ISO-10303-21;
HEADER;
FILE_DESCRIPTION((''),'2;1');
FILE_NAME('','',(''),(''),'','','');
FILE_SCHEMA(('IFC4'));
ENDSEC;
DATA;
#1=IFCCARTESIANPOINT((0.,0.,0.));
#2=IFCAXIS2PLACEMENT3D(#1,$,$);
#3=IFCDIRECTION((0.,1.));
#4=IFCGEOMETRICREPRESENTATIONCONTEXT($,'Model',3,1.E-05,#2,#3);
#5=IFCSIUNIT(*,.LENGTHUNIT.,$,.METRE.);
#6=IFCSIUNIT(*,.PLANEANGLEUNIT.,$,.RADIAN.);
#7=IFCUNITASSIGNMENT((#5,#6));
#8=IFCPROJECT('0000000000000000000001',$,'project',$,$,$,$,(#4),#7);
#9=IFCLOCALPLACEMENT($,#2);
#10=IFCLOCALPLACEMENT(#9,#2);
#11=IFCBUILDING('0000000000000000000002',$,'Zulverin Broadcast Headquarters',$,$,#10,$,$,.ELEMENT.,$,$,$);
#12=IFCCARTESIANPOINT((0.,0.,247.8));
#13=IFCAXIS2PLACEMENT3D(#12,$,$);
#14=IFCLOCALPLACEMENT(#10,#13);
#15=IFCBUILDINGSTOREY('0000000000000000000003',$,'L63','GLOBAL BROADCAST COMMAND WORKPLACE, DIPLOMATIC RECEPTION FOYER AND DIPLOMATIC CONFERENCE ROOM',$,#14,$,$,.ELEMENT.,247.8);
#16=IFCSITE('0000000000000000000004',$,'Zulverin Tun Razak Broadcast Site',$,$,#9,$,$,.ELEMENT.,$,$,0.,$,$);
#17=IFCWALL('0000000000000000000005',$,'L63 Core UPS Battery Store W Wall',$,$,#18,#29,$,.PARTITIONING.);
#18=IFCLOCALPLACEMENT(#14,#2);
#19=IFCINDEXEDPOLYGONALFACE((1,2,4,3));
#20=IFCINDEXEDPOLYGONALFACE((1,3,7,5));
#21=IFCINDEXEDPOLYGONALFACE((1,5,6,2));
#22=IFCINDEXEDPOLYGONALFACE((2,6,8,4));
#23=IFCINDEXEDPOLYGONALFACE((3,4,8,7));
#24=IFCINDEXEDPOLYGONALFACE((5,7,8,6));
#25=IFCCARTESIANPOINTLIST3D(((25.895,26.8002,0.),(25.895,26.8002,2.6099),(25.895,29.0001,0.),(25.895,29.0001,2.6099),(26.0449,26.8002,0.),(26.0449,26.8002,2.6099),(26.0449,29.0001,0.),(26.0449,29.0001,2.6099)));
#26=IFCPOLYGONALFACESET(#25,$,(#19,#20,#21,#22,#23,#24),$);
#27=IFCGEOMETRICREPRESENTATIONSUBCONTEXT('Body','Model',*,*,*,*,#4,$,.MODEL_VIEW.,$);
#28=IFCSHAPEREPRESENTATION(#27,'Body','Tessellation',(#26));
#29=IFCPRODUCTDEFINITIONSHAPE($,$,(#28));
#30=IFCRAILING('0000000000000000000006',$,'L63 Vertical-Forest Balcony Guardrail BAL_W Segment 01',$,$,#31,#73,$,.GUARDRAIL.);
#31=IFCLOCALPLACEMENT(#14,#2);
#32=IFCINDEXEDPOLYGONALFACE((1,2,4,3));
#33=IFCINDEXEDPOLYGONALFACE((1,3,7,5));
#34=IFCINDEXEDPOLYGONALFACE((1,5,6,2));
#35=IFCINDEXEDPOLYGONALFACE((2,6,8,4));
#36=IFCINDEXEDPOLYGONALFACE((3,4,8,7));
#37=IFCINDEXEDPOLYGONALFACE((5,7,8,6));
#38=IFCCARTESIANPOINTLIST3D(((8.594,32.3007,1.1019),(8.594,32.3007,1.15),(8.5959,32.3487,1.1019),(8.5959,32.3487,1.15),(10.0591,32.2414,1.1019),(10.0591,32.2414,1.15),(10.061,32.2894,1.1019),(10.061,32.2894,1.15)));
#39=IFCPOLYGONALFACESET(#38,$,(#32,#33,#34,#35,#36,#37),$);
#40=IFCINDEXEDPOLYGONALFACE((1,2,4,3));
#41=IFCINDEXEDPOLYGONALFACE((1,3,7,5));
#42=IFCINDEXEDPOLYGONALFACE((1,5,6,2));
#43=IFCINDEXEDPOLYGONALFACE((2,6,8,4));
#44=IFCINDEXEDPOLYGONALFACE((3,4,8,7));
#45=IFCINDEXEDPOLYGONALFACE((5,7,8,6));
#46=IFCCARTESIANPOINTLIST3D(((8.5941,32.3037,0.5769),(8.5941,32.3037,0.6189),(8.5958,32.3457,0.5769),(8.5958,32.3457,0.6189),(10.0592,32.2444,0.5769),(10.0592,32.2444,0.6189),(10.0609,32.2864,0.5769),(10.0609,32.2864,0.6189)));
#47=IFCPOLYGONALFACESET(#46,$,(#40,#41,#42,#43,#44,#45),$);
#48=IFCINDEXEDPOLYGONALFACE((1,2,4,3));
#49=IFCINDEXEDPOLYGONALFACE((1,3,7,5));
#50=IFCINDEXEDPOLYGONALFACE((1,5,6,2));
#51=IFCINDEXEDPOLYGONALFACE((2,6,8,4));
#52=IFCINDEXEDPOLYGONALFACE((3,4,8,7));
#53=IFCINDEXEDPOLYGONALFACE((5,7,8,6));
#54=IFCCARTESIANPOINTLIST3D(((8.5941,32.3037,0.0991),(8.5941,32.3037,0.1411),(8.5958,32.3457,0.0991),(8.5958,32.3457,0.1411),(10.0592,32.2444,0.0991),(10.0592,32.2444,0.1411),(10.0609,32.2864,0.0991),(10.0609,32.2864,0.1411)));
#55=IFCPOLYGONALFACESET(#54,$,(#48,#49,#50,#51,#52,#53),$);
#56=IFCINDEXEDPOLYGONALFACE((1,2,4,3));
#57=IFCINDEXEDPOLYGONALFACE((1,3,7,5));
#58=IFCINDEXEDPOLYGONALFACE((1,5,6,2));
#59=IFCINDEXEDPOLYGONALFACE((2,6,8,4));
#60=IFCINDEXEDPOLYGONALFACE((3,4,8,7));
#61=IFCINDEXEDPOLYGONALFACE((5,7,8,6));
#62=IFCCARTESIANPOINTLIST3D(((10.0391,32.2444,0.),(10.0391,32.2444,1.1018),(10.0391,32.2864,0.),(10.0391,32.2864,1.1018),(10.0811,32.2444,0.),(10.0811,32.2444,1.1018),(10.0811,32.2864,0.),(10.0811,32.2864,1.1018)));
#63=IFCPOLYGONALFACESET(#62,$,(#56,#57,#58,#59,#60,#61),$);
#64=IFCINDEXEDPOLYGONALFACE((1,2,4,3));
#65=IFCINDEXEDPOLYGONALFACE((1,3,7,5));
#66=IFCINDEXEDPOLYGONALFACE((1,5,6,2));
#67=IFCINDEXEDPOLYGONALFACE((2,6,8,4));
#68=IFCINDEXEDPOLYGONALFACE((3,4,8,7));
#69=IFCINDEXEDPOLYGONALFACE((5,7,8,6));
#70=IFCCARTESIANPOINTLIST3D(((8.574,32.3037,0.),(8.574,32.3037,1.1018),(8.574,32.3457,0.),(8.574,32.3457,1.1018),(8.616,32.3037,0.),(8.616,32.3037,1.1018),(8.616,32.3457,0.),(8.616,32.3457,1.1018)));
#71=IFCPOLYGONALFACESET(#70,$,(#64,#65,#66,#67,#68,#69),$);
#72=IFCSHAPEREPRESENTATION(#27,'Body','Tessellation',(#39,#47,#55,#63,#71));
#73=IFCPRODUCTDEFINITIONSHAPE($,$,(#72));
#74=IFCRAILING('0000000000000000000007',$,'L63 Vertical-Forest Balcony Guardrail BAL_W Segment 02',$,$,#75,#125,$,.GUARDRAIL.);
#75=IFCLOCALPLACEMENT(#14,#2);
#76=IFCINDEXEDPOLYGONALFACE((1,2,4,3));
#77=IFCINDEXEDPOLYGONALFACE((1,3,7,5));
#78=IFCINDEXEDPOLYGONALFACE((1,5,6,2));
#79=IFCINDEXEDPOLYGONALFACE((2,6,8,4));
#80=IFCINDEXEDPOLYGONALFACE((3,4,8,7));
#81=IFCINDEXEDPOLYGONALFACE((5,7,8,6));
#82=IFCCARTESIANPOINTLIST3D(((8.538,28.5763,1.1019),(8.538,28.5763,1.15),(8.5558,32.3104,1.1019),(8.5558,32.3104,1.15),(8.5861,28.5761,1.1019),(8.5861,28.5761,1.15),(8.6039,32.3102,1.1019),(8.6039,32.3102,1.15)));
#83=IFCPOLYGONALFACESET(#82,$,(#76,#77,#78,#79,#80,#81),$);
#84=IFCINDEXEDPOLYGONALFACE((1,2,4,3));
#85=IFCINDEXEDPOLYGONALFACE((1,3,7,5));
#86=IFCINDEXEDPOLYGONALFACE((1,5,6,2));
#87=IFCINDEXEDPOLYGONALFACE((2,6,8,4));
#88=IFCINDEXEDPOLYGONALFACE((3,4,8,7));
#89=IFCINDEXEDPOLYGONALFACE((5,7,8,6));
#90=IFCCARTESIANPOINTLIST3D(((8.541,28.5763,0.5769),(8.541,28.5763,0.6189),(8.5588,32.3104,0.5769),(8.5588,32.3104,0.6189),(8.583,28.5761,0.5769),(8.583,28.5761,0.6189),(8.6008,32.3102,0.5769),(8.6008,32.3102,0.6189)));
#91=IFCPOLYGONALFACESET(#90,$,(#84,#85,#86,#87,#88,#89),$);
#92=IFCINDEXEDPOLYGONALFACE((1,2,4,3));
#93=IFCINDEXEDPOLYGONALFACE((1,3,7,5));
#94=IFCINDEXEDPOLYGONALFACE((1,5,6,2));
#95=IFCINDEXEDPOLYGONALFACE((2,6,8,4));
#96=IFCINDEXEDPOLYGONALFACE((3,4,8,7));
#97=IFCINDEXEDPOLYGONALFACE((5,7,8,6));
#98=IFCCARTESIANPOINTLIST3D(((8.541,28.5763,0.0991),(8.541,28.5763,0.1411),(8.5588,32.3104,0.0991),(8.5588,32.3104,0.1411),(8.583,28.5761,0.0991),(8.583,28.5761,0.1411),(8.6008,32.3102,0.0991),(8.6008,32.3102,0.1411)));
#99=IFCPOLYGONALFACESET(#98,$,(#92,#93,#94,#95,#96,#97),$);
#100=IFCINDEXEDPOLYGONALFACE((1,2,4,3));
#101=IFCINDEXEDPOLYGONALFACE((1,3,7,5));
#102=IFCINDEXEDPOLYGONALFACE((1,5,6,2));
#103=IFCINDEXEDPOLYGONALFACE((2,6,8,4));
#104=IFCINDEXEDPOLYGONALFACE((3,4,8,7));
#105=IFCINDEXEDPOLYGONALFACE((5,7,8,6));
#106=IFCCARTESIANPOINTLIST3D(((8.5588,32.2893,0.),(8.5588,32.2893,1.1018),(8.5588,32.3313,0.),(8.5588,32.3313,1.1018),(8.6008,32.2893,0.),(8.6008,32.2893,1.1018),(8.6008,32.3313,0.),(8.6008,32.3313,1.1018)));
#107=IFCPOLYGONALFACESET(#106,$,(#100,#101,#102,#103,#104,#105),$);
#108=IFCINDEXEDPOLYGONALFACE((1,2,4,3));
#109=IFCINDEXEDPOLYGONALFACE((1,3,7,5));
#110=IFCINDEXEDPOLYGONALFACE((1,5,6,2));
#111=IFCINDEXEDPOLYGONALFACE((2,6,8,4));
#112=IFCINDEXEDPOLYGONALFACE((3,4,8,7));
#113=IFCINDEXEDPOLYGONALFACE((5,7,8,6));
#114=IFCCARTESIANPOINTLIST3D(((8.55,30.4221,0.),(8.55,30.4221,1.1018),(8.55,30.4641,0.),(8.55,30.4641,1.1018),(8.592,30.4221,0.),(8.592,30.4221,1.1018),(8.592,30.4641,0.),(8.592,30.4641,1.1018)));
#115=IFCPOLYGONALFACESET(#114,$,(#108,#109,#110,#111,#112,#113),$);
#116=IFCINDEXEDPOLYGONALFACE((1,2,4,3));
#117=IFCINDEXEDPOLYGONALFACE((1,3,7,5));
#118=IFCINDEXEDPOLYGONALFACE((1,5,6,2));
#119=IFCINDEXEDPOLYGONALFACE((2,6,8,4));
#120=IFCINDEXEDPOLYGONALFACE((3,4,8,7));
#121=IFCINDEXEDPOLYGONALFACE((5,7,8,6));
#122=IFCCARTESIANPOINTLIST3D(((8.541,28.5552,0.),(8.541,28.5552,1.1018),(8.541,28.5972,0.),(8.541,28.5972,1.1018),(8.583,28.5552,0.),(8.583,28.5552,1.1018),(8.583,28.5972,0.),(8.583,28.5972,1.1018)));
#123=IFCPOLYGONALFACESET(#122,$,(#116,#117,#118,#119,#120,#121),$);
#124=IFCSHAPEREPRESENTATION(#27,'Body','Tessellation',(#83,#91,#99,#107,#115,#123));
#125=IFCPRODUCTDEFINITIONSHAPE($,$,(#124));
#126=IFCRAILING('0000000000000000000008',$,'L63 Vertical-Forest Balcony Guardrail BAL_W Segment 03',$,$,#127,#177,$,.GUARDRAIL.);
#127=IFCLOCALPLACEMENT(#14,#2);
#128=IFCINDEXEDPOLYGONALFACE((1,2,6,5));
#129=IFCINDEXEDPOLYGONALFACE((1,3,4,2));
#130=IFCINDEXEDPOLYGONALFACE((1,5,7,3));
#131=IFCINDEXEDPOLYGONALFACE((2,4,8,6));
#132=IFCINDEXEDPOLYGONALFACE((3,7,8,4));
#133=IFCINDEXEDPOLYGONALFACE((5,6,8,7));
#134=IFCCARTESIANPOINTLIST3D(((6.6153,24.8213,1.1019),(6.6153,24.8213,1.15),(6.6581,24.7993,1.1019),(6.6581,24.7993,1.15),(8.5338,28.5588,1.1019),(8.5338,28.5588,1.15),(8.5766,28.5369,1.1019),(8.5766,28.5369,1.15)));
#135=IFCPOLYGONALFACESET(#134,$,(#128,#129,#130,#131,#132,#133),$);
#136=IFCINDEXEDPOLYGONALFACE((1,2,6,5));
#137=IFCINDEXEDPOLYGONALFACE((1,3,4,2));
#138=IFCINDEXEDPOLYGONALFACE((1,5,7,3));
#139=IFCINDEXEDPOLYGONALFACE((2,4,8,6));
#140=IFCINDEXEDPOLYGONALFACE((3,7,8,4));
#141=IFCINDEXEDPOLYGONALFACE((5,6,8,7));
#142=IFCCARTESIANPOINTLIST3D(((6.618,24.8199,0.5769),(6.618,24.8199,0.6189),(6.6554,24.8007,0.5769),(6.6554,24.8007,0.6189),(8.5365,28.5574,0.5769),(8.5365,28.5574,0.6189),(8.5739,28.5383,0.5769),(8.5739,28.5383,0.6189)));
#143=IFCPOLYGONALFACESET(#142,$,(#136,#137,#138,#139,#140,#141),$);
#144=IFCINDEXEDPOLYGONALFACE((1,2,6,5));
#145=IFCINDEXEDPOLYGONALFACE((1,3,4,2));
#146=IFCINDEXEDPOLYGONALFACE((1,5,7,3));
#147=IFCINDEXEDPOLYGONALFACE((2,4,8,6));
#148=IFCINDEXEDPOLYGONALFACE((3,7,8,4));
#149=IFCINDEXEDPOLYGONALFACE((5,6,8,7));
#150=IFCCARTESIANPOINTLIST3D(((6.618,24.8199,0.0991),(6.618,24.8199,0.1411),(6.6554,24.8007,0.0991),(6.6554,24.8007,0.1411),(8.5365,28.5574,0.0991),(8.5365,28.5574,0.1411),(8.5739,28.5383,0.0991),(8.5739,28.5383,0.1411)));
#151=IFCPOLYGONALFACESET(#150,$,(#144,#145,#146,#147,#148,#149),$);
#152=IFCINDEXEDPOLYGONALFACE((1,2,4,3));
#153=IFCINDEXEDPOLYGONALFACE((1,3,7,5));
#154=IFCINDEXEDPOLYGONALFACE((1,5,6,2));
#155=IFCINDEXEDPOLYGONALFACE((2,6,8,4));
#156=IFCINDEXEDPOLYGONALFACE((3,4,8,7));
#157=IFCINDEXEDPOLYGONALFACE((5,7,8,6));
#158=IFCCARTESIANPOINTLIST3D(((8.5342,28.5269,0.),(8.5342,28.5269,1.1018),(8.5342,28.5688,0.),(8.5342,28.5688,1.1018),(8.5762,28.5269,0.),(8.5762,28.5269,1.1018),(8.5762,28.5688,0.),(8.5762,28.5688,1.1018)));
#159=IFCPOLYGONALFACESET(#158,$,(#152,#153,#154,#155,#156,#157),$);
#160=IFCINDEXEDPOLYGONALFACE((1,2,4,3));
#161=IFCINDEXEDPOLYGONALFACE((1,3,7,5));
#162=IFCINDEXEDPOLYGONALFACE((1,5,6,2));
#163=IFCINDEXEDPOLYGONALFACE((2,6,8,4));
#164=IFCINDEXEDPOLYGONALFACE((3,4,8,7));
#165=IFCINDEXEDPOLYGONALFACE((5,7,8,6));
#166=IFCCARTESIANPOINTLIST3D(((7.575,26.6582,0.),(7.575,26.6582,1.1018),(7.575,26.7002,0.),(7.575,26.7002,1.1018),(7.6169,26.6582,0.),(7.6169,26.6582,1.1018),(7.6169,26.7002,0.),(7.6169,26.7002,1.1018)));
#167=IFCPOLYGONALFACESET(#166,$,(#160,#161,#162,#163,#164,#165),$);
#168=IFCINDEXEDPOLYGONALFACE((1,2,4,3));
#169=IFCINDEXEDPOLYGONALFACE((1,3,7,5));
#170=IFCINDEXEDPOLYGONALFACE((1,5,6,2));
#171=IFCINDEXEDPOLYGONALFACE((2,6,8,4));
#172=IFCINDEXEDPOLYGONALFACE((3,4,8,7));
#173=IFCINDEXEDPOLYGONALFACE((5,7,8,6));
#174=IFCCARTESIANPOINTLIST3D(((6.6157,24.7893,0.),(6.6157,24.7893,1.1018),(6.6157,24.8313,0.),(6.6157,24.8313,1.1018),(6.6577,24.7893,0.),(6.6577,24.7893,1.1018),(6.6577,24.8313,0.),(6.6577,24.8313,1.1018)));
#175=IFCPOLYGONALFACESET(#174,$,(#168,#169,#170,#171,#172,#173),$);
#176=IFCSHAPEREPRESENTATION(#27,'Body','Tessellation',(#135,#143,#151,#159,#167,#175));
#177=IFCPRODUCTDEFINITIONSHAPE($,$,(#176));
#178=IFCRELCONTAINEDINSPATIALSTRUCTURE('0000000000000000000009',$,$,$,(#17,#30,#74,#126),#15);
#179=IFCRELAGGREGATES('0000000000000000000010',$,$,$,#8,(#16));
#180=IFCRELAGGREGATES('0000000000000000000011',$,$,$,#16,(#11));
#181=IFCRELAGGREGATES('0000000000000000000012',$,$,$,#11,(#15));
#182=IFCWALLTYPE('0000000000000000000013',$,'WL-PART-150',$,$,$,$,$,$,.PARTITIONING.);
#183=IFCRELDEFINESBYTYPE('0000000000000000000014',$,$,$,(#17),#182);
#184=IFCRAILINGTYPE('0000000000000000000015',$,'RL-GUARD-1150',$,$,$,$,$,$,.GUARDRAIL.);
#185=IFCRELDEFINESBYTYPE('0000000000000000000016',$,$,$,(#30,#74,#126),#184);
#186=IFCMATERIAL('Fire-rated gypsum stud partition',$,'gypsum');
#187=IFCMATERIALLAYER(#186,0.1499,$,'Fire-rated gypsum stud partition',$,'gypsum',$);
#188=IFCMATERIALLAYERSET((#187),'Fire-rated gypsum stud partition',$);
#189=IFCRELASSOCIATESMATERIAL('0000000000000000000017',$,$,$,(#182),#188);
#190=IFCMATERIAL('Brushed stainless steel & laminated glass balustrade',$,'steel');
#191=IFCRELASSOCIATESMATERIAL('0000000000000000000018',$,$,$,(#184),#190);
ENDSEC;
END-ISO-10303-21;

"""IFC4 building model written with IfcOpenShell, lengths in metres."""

from ifc_helpers import new_model, si_unit, direction, frame, frame_2d, origin, origin_2d, place, context, subcontext, project, spatial, rectangle, extrude, material, layer, layer_set, type_object, element, save


model = new_model("IFC4")

# Units and contexts
model_context = context("Model", 3, precision=1e-05, world=origin(), true_north=direction((0.0, 1.0)))
body_context = subcontext(model_context, "Body", "Model", "MODEL_VIEW")
ifc_project = project(units=[si_unit("LENGTHUNIT", "METRE"), si_unit("PLANEANGLEUNIT", "RADIAN")], contexts=[model_context])

# Site, building, storey
site_placement = place(None, origin())
site = spatial("IfcSite", under=ifc_project, at=site_placement, Name="Zulverin Tun Razak Broadcast Site", CompositionType="ELEMENT", RefElevation=0.0)
building_placement = place(site_placement, origin())
building = spatial("IfcBuilding", under=site, at=building_placement, Name="Zulverin Broadcast Headquarters", CompositionType="ELEMENT")
storey_placement = place(building_placement, frame((0.0, 0.0, 247.8)))
storey = spatial("IfcBuildingStorey", under=building, at=storey_placement, Name="L63", Description="GLOBAL BROADCAST COMMAND WORKPLACE, DIPLOMATIC RECEPTION FOYER AND DIPLOMATIC CONFERENCE ROOM", CompositionType="ELEMENT", Elevation=247.8)

# Shared definitions
ifc_material_1 = material(Name="Fire-rated gypsum stud partition", Category="gypsum")
ifc_layer_1 = layer(ifc_material_1, 0.1499, Name="Fire-rated gypsum stud partition", Category="gypsum")
ifc_layer_set_1 = layer_set([ifc_layer_1], Name="Fire-rated gypsum stud partition")
wall_type = type_object("IfcWallType", Name="WL-PART-150", PredefinedType="PARTITIONING", material=ifc_layer_set_1)

# Wall
wall_1_placement = place(storey_placement, frame((25.97, 26.8, 0.0), z_axis=(0.0, 0.0, 1.0), x_axis=(0.0, 1.0, 0.0)))
element("IfcWall", 1, at=wall_1_placement, inside=storey, type_object=wall_type, Name="L63 Core UPS Battery Store W Wall", PredefinedType="PARTITIONING", context=body_context, shape_type="SweptSolid", body=[
    extrude(rectangle(XDim=2.2, YDim=0.1499, at=frame_2d((1.1001, 0.0))), origin(), (0.0, 0.0, 1.0), 2.6099),
])

# Railings
ifc_material_2 = material(Name="Brushed stainless steel & laminated glass balustrade", Category="steel")
railing_type = type_object("IfcRailingType", Name="RL-GUARD-1150", PredefinedType="GUARDRAIL", material=ifc_material_2)
railing_1_placement = place(storey_placement, frame((10.0601, 32.2654, 0.0)))
element("IfcRailing", 2, at=railing_1_placement, inside=storey, type_object=railing_type, Name="L63 Vertical-Forest Balcony Guardrail BAL_W Segment 01", PredefinedType="GUARDRAIL", context=body_context, shape_type="SweptSolid", body=[
    extrude(rectangle(XDim=0.0481, YDim=0.0481, at=origin_2d()), frame((0.0, 0.0, 1.126), z_axis=(-0.999181, 0.04046, 0.0), x_axis=(-0.04046, -0.999181, 0.0)), (0.0, 0.0, 1.0), 1.4663),
    extrude(rectangle(XDim=0.042, YDim=0.042, at=origin_2d()), frame((0.0, 0.0, 0.5979), z_axis=(-0.999181, 0.04046, 0.0), x_axis=(-0.04046, -0.999181, 0.0)), (0.0, 0.0, 1.0), 1.4663),
    extrude(rectangle(XDim=0.042, YDim=0.042, at=origin_2d()), frame((0.0, 0.0, 0.1201), z_axis=(-0.999181, 0.04046, 0.0), x_axis=(-0.04046, -0.999181, 0.0)), (0.0, 0.0, 1.0), 1.4663),
    extrude(rectangle(XDim=0.042, YDim=0.042, at=origin_2d()), origin(), (0.0, 0.0, 1.0), 1.1018),
    extrude(rectangle(XDim=0.042, YDim=0.042, at=origin_2d()), frame((-1.4651, 0.0593, 0.0)), (0.0, 0.0, 1.0), 1.1018),
])
railing_2_placement = place(storey_placement, frame((8.5798, 32.3103, 0.0)))
element("IfcRailing", 3, at=railing_2_placement, inside=storey, type_object=railing_type, Name="L63 Vertical-Forest Balcony Guardrail BAL_W Segment 02", PredefinedType="GUARDRAIL", context=body_context, shape_type="SweptSolid", body=[
    extrude(rectangle(XDim=0.0481, YDim=0.0481, at=origin_2d()), frame((0.0, 0.0, 1.126), z_axis=(-0.004773, -0.999989, 0.0), x_axis=(0.999989, -0.004773, 0.0)), (0.0, 0.0, 1.0), 3.7341),
    extrude(rectangle(XDim=0.042, YDim=0.042, at=origin_2d()), frame((0.0, 0.0, 0.5979), z_axis=(-0.004773, -0.999989, 0.0), x_axis=(0.999989, -0.004773, 0.0)), (0.0, 0.0, 1.0), 3.7341),
    extrude(rectangle(XDim=0.042, YDim=0.042, at=origin_2d()), frame((0.0, 0.0, 0.1201), z_axis=(-0.004773, -0.999989, 0.0), x_axis=(0.999989, -0.004773, 0.0)), (0.0, 0.0, 1.0), 3.7341),
    extrude(rectangle(XDim=0.042, YDim=0.042, at=origin_2d()), origin(), (0.0, 0.0, 1.0), 1.1018),
    extrude(rectangle(XDim=0.042, YDim=0.042, at=origin_2d()), frame((-0.0088, -1.8672, 0.0)), (0.0, 0.0, 1.0), 1.1018),
    extrude(rectangle(XDim=0.042, YDim=0.042, at=origin_2d()), frame((-0.0178, -3.7341, 0.0)), (0.0, 0.0, 1.0), 1.1018),
])
railing_3_placement = place(storey_placement, frame((8.5552, 28.5479, 0.0)))
element("IfcRailing", 4, at=railing_3_placement, inside=storey, type_object=railing_type, Name="L63 Vertical-Forest Balcony Guardrail BAL_W Segment 03", PredefinedType="GUARDRAIL", context=body_context, shape_type="SweptSolid", body=[
    extrude(rectangle(XDim=0.0481, YDim=0.0481, at=origin_2d()), frame((0.0, 0.0, 1.126), z_axis=(-0.456649, -0.889647, 0.0), x_axis=(0.889647, -0.456649, 0.0)), (0.0, 0.0, 1.0), 4.2012),
    extrude(rectangle(XDim=0.042, YDim=0.042, at=origin_2d()), frame((0.0, 0.0, 0.5979), z_axis=(-0.456649, -0.889647, 0.0), x_axis=(0.889647, -0.456649, 0.0)), (0.0, 0.0, 1.0), 4.2012),
    extrude(rectangle(XDim=0.042, YDim=0.042, at=origin_2d()), frame((0.0, 0.0, 0.1201), z_axis=(-0.456649, -0.889647, 0.0), x_axis=(0.889647, -0.456649, 0.0)), (0.0, 0.0, 1.0), 4.2012),
    extrude(rectangle(XDim=0.042, YDim=0.042, at=origin_2d()), origin(), (0.0, 0.0, 1.0), 1.1018),
    extrude(rectangle(XDim=0.042, YDim=0.042, at=origin_2d()), frame((-0.9592, -1.8687, 0.0)), (0.0, 0.0, 1.0), 1.1018),
    extrude(rectangle(XDim=0.042, YDim=0.042, at=origin_2d()), frame((-1.9185, -3.7375, 0.0)), (0.0, 0.0, 1.0), 1.1018),
])

save(model, "model.ifc")
